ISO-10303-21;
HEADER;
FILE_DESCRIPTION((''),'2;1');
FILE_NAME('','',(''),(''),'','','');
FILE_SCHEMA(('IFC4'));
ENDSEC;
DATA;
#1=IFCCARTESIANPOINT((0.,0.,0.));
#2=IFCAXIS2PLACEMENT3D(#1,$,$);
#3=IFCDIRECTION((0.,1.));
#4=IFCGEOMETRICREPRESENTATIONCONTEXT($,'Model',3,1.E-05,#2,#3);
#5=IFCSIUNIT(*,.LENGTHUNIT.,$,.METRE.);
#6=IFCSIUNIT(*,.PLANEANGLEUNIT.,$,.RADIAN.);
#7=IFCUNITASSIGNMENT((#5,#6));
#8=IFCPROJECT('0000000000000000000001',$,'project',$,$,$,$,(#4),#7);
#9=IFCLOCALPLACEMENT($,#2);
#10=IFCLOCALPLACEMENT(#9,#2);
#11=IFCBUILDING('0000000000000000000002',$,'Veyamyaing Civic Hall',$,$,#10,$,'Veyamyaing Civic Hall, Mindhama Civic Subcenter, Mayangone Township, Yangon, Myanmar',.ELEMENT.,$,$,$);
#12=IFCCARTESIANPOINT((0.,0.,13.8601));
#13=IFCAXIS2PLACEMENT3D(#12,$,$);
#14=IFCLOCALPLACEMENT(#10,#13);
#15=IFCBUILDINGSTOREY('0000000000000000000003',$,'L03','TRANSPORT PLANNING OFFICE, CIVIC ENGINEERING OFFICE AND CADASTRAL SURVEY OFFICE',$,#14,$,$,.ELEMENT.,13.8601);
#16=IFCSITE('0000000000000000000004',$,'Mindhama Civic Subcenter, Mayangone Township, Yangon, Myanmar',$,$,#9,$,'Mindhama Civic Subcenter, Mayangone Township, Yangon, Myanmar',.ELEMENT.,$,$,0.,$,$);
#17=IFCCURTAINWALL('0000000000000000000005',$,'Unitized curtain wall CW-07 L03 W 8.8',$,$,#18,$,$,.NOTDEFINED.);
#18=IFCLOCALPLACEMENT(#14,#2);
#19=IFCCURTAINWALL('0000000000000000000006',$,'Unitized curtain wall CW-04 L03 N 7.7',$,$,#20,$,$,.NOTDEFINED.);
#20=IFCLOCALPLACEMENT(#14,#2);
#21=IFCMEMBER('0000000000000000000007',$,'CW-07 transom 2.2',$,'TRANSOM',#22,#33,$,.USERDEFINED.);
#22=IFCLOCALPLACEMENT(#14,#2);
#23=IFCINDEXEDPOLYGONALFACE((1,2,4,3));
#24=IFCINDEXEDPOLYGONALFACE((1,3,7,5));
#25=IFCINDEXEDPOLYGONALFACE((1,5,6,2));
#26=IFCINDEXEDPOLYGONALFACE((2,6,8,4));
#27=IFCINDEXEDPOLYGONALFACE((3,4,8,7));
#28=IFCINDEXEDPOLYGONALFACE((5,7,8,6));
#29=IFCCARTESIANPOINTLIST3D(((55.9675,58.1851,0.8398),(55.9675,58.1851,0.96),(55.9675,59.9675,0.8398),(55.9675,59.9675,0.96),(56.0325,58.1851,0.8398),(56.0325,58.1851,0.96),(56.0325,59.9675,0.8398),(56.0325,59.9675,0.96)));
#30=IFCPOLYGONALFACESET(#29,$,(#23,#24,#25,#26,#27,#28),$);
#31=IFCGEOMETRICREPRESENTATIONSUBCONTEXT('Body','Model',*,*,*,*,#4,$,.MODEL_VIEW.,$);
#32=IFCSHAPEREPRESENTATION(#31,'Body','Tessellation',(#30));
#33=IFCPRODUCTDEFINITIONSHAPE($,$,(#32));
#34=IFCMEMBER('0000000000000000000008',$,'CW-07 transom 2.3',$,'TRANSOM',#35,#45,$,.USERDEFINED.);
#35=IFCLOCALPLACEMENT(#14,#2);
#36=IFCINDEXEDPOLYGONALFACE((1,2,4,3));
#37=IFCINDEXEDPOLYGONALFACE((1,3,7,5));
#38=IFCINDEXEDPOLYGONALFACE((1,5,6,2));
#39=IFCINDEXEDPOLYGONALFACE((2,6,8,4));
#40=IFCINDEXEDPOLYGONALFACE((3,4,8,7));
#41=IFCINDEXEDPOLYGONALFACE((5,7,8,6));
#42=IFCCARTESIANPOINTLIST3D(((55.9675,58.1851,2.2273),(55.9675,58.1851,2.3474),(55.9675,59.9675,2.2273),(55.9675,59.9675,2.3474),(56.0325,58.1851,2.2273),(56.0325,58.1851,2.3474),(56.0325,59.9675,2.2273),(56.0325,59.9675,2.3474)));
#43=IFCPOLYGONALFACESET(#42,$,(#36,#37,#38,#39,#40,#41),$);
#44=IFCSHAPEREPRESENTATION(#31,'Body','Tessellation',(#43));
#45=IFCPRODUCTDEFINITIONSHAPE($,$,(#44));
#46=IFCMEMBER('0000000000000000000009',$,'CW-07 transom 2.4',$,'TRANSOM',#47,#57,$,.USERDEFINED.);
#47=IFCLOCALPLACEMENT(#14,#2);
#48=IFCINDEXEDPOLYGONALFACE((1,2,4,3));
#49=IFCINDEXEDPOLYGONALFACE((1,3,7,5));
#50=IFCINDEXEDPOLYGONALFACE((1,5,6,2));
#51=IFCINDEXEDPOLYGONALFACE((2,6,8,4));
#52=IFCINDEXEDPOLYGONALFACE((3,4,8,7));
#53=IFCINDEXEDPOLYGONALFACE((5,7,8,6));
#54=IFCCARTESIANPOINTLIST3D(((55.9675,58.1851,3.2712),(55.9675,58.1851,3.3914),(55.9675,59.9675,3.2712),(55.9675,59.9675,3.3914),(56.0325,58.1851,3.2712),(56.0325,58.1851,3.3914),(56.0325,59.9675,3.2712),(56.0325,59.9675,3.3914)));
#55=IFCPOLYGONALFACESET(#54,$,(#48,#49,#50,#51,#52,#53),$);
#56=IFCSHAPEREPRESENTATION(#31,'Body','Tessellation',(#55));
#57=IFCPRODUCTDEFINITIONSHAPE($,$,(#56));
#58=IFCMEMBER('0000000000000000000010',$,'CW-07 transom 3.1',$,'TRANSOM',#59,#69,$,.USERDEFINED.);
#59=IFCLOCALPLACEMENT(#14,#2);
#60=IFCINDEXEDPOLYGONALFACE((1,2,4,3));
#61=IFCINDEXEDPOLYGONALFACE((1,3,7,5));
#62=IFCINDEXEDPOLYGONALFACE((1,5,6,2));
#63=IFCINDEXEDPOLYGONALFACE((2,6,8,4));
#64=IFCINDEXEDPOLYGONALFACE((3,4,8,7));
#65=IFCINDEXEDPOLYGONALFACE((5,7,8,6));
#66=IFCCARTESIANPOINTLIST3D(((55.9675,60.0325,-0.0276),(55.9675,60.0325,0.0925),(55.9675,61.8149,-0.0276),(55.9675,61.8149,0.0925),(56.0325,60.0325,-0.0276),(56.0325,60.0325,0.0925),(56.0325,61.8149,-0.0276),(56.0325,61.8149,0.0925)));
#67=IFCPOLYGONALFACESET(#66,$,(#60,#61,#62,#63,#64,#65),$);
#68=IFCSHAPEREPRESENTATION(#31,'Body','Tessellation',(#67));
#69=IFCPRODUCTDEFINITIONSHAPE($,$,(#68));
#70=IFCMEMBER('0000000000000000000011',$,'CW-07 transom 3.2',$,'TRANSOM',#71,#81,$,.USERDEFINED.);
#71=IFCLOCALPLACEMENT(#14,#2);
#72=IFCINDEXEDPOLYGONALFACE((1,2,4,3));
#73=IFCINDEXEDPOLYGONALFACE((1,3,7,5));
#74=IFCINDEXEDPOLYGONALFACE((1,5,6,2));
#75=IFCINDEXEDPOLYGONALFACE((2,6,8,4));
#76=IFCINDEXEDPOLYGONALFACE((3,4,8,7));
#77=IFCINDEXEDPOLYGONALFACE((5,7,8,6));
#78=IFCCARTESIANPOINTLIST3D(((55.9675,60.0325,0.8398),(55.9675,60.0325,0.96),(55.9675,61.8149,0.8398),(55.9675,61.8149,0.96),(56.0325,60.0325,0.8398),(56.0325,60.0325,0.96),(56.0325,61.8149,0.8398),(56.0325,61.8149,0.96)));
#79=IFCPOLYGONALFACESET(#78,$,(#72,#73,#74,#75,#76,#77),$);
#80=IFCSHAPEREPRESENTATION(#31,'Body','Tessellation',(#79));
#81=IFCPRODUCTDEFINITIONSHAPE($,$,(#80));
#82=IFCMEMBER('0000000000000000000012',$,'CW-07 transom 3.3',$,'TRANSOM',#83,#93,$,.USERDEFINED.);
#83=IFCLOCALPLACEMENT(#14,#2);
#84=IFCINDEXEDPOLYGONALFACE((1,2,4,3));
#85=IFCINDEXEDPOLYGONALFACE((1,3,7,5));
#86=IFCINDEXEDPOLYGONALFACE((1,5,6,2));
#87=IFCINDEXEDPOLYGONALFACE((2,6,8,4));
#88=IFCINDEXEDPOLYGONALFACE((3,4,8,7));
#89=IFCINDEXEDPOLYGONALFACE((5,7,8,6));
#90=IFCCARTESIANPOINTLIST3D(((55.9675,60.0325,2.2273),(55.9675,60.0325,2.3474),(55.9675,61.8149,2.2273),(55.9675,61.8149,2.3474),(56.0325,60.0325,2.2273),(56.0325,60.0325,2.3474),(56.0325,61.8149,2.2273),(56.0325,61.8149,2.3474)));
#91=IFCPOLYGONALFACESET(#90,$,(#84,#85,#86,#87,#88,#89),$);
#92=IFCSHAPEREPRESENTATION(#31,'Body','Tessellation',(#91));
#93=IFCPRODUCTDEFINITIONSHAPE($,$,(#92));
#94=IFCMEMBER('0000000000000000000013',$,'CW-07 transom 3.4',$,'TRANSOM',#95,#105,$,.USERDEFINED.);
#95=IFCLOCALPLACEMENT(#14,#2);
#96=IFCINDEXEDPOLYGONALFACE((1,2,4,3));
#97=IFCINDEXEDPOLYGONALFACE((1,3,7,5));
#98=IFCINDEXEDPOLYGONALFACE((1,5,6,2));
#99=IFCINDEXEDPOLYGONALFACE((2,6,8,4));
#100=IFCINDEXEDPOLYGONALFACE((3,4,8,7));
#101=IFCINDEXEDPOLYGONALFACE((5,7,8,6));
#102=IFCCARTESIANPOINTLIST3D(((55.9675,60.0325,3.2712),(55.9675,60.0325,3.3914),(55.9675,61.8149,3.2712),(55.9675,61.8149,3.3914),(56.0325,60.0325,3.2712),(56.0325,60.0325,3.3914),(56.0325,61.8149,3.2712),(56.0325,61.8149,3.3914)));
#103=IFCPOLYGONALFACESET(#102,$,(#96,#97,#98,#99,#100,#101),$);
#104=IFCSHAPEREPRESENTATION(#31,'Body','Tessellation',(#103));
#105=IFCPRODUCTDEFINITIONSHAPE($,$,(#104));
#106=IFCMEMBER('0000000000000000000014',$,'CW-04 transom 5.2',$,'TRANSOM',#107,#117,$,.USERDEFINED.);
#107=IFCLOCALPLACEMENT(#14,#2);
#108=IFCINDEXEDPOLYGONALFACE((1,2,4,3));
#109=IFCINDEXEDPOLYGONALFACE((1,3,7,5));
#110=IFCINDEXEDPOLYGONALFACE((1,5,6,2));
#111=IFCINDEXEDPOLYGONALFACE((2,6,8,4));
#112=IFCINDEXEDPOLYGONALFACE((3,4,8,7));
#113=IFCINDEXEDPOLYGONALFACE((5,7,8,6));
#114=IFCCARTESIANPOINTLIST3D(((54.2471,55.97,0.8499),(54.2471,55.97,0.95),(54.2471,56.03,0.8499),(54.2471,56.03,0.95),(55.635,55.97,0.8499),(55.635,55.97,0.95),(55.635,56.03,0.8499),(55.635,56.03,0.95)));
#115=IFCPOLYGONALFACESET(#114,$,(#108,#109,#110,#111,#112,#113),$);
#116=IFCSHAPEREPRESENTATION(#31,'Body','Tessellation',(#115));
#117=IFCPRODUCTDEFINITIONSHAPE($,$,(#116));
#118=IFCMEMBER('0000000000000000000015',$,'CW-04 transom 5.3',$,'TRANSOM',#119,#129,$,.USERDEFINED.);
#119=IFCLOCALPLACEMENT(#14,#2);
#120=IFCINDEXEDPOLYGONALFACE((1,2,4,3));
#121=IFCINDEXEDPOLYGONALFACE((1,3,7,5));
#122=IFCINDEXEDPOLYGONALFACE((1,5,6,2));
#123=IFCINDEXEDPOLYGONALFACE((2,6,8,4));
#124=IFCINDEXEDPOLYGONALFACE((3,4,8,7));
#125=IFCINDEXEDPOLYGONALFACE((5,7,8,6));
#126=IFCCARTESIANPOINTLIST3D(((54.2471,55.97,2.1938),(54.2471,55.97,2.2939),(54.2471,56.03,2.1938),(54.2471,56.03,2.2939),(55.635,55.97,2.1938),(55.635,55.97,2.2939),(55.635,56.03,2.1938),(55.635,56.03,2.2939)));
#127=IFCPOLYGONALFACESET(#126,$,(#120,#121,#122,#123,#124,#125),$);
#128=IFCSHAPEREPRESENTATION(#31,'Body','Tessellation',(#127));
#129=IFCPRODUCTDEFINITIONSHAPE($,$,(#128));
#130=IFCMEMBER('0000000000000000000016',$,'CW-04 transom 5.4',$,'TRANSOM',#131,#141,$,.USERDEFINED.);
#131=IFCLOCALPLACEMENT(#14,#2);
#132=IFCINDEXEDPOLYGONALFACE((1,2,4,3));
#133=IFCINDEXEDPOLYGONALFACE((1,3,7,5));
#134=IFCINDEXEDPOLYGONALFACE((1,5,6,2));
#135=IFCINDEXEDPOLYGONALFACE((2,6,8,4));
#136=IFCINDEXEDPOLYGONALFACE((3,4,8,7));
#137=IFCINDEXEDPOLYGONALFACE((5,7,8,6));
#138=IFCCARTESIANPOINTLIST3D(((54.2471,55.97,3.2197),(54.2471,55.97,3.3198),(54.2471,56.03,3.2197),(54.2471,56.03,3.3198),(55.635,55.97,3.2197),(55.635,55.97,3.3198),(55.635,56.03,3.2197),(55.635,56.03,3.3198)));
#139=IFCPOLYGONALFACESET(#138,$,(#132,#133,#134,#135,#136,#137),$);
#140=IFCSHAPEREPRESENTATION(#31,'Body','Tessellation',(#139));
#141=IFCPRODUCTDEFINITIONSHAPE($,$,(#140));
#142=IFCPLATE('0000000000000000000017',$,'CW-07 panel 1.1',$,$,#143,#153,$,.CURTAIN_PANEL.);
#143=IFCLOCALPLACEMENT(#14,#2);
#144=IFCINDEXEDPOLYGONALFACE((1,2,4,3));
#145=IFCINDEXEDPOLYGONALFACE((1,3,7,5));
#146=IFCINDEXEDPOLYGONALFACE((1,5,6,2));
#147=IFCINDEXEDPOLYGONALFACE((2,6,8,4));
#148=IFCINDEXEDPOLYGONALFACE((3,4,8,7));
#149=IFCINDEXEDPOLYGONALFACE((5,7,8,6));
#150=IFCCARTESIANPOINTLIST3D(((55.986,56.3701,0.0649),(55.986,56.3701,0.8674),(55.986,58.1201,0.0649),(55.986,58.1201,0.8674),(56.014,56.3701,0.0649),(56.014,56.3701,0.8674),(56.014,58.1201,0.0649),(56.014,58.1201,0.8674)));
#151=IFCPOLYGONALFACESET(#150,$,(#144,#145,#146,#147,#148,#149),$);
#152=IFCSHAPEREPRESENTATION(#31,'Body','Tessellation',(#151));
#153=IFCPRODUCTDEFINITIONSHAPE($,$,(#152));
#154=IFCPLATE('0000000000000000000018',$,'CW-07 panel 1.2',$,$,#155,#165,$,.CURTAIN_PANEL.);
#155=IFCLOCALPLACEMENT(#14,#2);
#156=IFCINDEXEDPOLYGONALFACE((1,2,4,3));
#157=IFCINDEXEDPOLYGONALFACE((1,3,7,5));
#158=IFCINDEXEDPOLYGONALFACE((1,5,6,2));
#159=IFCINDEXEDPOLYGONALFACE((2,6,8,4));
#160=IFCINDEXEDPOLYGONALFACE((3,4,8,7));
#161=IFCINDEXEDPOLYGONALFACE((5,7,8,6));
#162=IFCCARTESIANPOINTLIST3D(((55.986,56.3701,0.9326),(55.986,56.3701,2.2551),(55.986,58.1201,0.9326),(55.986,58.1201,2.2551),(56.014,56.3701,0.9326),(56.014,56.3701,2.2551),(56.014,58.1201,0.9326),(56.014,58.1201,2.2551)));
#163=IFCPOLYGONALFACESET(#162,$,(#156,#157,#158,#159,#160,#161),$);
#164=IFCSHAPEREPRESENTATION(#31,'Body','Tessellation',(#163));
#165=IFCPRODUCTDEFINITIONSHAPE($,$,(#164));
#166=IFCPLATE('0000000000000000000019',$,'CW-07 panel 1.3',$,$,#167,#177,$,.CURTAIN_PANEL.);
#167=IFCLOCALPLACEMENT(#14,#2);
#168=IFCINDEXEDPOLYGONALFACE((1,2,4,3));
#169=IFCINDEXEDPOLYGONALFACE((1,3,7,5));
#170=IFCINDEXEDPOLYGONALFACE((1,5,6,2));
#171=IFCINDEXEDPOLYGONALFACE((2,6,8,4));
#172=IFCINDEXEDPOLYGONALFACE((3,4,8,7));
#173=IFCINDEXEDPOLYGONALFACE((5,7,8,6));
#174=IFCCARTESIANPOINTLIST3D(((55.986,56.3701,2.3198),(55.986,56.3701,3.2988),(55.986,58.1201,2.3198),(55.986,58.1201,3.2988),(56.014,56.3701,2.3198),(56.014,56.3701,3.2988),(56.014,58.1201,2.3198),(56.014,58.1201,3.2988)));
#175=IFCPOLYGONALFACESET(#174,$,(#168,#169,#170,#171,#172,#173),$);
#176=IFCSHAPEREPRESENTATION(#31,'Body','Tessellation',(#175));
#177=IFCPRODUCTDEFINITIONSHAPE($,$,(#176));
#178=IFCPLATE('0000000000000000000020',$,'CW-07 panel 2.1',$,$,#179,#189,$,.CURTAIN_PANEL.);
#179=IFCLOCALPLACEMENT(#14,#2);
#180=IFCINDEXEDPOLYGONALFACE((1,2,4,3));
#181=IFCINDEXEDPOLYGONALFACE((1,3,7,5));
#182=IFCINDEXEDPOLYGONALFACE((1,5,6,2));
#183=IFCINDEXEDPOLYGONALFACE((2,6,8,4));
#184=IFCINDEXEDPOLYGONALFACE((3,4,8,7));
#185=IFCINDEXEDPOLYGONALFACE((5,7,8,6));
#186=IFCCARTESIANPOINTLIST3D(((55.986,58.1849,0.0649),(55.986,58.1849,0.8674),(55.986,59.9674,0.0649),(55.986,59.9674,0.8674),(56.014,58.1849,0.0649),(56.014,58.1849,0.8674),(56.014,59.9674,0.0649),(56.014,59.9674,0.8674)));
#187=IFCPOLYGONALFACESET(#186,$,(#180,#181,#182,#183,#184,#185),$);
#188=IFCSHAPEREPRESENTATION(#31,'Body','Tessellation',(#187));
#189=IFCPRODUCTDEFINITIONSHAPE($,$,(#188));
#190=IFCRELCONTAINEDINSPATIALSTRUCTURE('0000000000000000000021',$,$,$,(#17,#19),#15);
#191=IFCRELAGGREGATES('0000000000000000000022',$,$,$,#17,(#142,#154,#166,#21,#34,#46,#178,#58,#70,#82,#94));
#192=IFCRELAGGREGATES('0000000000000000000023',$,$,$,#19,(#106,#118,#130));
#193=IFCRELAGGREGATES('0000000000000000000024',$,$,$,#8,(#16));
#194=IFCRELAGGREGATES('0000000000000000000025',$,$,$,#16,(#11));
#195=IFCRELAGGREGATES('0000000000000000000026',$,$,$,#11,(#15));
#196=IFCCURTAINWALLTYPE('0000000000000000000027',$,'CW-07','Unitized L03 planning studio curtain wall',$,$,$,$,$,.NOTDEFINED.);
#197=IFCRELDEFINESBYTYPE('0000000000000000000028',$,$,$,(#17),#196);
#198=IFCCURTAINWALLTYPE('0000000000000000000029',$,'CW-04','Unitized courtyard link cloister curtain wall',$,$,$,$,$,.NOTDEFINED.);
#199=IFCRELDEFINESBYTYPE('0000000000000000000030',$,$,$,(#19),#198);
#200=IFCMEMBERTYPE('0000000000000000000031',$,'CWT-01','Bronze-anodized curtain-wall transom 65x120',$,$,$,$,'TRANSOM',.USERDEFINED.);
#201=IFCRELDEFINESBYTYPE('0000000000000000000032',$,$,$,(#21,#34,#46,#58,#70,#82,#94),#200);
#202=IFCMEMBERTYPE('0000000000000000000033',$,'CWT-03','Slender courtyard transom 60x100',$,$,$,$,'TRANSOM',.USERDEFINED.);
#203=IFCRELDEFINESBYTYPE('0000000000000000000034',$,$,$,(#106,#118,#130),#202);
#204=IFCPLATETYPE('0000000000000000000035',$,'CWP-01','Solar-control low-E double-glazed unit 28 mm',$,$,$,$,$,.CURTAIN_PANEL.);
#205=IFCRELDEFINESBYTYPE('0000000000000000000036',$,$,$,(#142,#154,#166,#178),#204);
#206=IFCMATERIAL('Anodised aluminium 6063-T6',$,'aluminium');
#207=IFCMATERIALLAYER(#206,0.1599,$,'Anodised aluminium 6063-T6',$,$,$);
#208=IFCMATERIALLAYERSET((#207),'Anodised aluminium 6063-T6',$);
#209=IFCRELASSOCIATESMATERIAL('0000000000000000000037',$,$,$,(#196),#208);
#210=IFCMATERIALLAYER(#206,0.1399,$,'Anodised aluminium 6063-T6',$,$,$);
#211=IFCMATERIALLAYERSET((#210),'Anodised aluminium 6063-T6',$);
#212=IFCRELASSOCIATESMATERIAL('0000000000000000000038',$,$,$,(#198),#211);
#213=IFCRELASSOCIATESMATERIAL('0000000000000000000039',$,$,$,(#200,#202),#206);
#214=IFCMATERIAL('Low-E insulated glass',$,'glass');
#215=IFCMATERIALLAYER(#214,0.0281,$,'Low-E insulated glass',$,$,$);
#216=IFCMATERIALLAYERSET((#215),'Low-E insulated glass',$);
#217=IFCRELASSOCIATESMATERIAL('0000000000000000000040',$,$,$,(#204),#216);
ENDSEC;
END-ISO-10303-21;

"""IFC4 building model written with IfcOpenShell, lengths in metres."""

from ifc_helpers import new_model, si_unit, direction, frame, origin, origin_2d, place, context, subcontext, project, spatial, rectangle, extrude, material, layer, layer_set, material_profile, profile_set, type_object, element, aggregate, save


model = new_model("IFC4")

# Units and contexts
model_context = context("Model", 3, precision=1e-05, world=origin(), true_north=direction((0.0, 1.0)))
body_context = subcontext(model_context, "Body", "Model", "MODEL_VIEW")
ifc_project = project(units=[si_unit("LENGTHUNIT", "METRE"), si_unit("PLANEANGLEUNIT", "RADIAN")], contexts=[model_context])

# Site, building, storey
site_placement = place(None, origin())
site = spatial("IfcSite", under=ifc_project, at=site_placement, Name="Mindhama Civic Subcenter, Mayangone Township, Yangon, Myanmar", LongName="Mindhama Civic Subcenter, Mayangone Township, Yangon, Myanmar", CompositionType="ELEMENT", RefElevation=0.0)
building_placement = place(site_placement, origin())
building = spatial("IfcBuilding", under=site, at=building_placement, Name="Veyamyaing Civic Hall", LongName="Veyamyaing Civic Hall, Mindhama Civic Subcenter, Mayangone Township, Yangon, Myanmar", CompositionType="ELEMENT")
storey_placement = place(building_placement, frame((0.0, 0.0, 13.8601)))
storey = spatial("IfcBuildingStorey", under=building, at=storey_placement, Name="L03", Description="TRANSPORT PLANNING OFFICE, CIVIC ENGINEERING OFFICE AND CADASTRAL SURVEY OFFICE", CompositionType="ELEMENT", Elevation=13.8601)

# Curtain wall
ifc_material_1 = material(Name="Anodised aluminium 6063-T6", Category="aluminium")
ifc_layer_1 = layer(ifc_material_1, 0.1599, Name="Anodised aluminium 6063-T6")
ifc_layer_set_1 = layer_set([ifc_layer_1], Name="Anodised aluminium 6063-T6")
curtain_wall_type_1 = type_object("IfcCurtainWallType", Name="CW-07", Description="Unitized L03 planning studio curtain wall", PredefinedType="NOTDEFINED", material=ifc_layer_set_1)
curtain_wall_1_placement = place(storey_placement, origin())
curtain_wall_1 = element("IfcCurtainWall", 1, at=curtain_wall_1_placement, inside=storey, type_object=curtain_wall_type_1, Name="Unitized curtain wall CW-07 L03 W 8.8", PredefinedType="NOTDEFINED")

# Curtain wall
ifc_layer_2 = layer(ifc_material_1, 0.1399, Name="Anodised aluminium 6063-T6")
ifc_layer_set_2 = layer_set([ifc_layer_2], Name="Anodised aluminium 6063-T6")
curtain_wall_type_2 = type_object("IfcCurtainWallType", Name="CW-04", Description="Unitized courtyard link cloister curtain wall", PredefinedType="NOTDEFINED", material=ifc_layer_set_2)
curtain_wall_2_placement = place(storey_placement, origin())
curtain_wall_2 = element("IfcCurtainWall", 2, at=curtain_wall_2_placement, inside=storey, type_object=curtain_wall_type_2, Name="Unitized curtain wall CW-04 L03 N 7.7", PredefinedType="NOTDEFINED")

# Members
ifc_material_profile_1 = material_profile(ifc_material_1, rectangle(XDim=0.0649, YDim=0.1201, at=origin_2d()), Name="ALU-TRN-65X120")
ifc_profile_set_1 = profile_set([ifc_material_profile_1], Name="Anodised aluminium 6063-T6")
member_type_1 = type_object("IfcMemberType", Name="CWT-01", Description="Bronze-anodized curtain-wall transom 65x120", ElementType="TRANSOM", PredefinedType="USERDEFINED", material=ifc_profile_set_1)
member_1_placement = place(storey_placement, frame((56.0, 58.1851, 0.8999), z_axis=(0.0, 1.0, 0.0), x_axis=(-1.0, 0.0, 0.0)))
member_1 = element("IfcMember", 3, at=member_1_placement, type_object=member_type_1, Name="CW-07 transom 2.2", ObjectType="TRANSOM", PredefinedType="USERDEFINED", context=body_context, shape_type="SweptSolid", body=[
    extrude(rectangle(XDim=0.0649, YDim=0.1201, at=origin_2d()), origin(), (0.0, 0.0, 1.0), 1.7825),
])
member_2_placement = place(storey_placement, frame((56.0, 58.1851, 2.2874), z_axis=(0.0, 1.0, 0.0), x_axis=(-1.0, 0.0, 0.0)))
member_2 = element("IfcMember", 4, at=member_2_placement, type_object=member_type_1, Name="CW-07 transom 2.3", ObjectType="TRANSOM", PredefinedType="USERDEFINED", context=body_context, shape_type="SweptSolid", body=[
    extrude(rectangle(XDim=0.0649, YDim=0.1201, at=origin_2d()), origin(), (0.0, 0.0, 1.0), 1.7825),
])
member_3_placement = place(storey_placement, frame((56.0, 58.1851, 3.3313), z_axis=(0.0, 1.0, 0.0), x_axis=(-1.0, 0.0, 0.0)))
member_3 = element("IfcMember", 5, at=member_3_placement, type_object=member_type_1, Name="CW-07 transom 2.4", ObjectType="TRANSOM", PredefinedType="USERDEFINED", context=body_context, shape_type="SweptSolid", body=[
    extrude(rectangle(XDim=0.0649, YDim=0.1201, at=origin_2d()), origin(), (0.0, 0.0, 1.0), 1.7825),
])
member_4_placement = place(storey_placement, frame((56.0, 60.0325, 0.0325), z_axis=(0.0, 1.0, 0.0), x_axis=(-1.0, 0.0, 0.0)))
member_4 = element("IfcMember", 6, at=member_4_placement, type_object=member_type_1, Name="CW-07 transom 3.1", ObjectType="TRANSOM", PredefinedType="USERDEFINED", context=body_context, shape_type="SweptSolid", body=[
    extrude(rectangle(XDim=0.0649, YDim=0.1201, at=origin_2d()), origin(), (0.0, 0.0, 1.0), 1.7825),
])
member_5_placement = place(storey_placement, frame((56.0, 60.0325, 0.8999), z_axis=(0.0, 1.0, 0.0), x_axis=(-1.0, 0.0, 0.0)))
member_5 = element("IfcMember", 7, at=member_5_placement, type_object=member_type_1, Name="CW-07 transom 3.2", ObjectType="TRANSOM", PredefinedType="USERDEFINED", context=body_context, shape_type="SweptSolid", body=[
    extrude(rectangle(XDim=0.0649, YDim=0.1201, at=origin_2d()), origin(), (0.0, 0.0, 1.0), 1.7825),
])
member_6_placement = place(storey_placement, frame((56.0, 60.0325, 2.2874), z_axis=(0.0, 1.0, 0.0), x_axis=(-1.0, 0.0, 0.0)))
member_6 = element("IfcMember", 8, at=member_6_placement, type_object=member_type_1, Name="CW-07 transom 3.3", ObjectType="TRANSOM", PredefinedType="USERDEFINED", context=body_context, shape_type="SweptSolid", body=[
    extrude(rectangle(XDim=0.0649, YDim=0.1201, at=origin_2d()), origin(), (0.0, 0.0, 1.0), 1.7825),
])
member_7_placement = place(storey_placement, frame((56.0, 60.0325, 3.3313), z_axis=(0.0, 1.0, 0.0), x_axis=(-1.0, 0.0, 0.0)))
member_7 = element("IfcMember", 9, at=member_7_placement, type_object=member_type_1, Name="CW-07 transom 3.4", ObjectType="TRANSOM", PredefinedType="USERDEFINED", context=body_context, shape_type="SweptSolid", body=[
    extrude(rectangle(XDim=0.0649, YDim=0.1201, at=origin_2d()), origin(), (0.0, 0.0, 1.0), 1.7825),
])
ifc_material_profile_2 = material_profile(ifc_material_1, rectangle(XDim=0.0601, YDim=0.1001, at=origin_2d()), Name="ALU-TRN-60X100")
ifc_profile_set_2 = profile_set([ifc_material_profile_2], Name="Anodised aluminium 6063-T6")
member_type_2 = type_object("IfcMemberType", Name="CWT-03", Description="Slender courtyard transom 60x100", ElementType="TRANSOM", PredefinedType="USERDEFINED", material=ifc_profile_set_2)
member_8_placement = place(storey_placement, frame((54.2471, 56.0, 0.8999), z_axis=(1.0, 0.0, 0.0), x_axis=(0.0, 1.0, 0.0)))
member_8 = element("IfcMember", 10, at=member_8_placement, type_object=member_type_2, Name="CW-04 transom 5.2", ObjectType="TRANSOM", PredefinedType="USERDEFINED", context=body_context, shape_type="SweptSolid", body=[
    extrude(rectangle(XDim=0.0601, YDim=0.1001, at=origin_2d()), origin(), (0.0, 0.0, 1.0), 1.3879),
])
member_9_placement = place(storey_placement, frame((54.2471, 56.0, 2.2439), z_axis=(1.0, 0.0, 0.0), x_axis=(0.0, 1.0, 0.0)))
member_9 = element("IfcMember", 11, at=member_9_placement, type_object=member_type_2, Name="CW-04 transom 5.3", ObjectType="TRANSOM", PredefinedType="USERDEFINED", context=body_context, shape_type="SweptSolid", body=[
    extrude(rectangle(XDim=0.0601, YDim=0.1001, at=origin_2d()), origin(), (0.0, 0.0, 1.0), 1.3879),
])
member_10_placement = place(storey_placement, frame((54.2471, 56.0, 3.2698), z_axis=(1.0, 0.0, 0.0), x_axis=(0.0, 1.0, 0.0)))
member_10 = element("IfcMember", 12, at=member_10_placement, type_object=member_type_2, Name="CW-04 transom 5.4", ObjectType="TRANSOM", PredefinedType="USERDEFINED", context=body_context, shape_type="SweptSolid", body=[
    extrude(rectangle(XDim=0.0601, YDim=0.1001, at=origin_2d()), origin(), (0.0, 0.0, 1.0), 1.3879),
])

# Plates
ifc_material_2 = material(Name="Low-E insulated glass", Category="glass")
ifc_layer_3 = layer(ifc_material_2, 0.0281, Name="Low-E insulated glass")
ifc_layer_set_3 = layer_set([ifc_layer_3], Name="Low-E insulated glass")
plate_type_1 = type_object("IfcPlateType", Name="CWP-01", Description="Solar-control low-E double-glazed unit 28 mm", PredefinedType="CURTAIN_PANEL", material=ifc_layer_set_3)
plate_1_placement = place(storey_placement, frame((56.0, 57.2451, 0.0649), z_axis=(0.0, 0.0, 1.0), x_axis=(0.0, 1.0, 0.0)))
plate_1 = element("IfcPlate", 13, at=plate_1_placement, type_object=plate_type_1, Name="CW-07 panel 1.1", PredefinedType="CURTAIN_PANEL", context=body_context, shape_type="SweptSolid", body=[
    extrude(rectangle(XDim=1.75, YDim=0.0281, at=origin_2d()), origin(), (0.0, 0.0, 1.0), 0.8025),
])
plate_2_placement = place(storey_placement, frame((56.0, 57.2451, 0.9326), z_axis=(0.0, 0.0, 1.0), x_axis=(0.0, 1.0, 0.0)))
plate_2 = element("IfcPlate", 14, at=plate_2_placement, type_object=plate_type_1, Name="CW-07 panel 1.2", PredefinedType="CURTAIN_PANEL", context=body_context, shape_type="SweptSolid", body=[
    extrude(rectangle(XDim=1.75, YDim=0.0281, at=origin_2d()), origin(), (0.0, 0.0, 1.0), 1.3225),
])
plate_3_placement = place(storey_placement, frame((56.0, 57.2451, 2.3198), z_axis=(0.0, 0.0, 1.0), x_axis=(0.0, 1.0, 0.0)))
plate_3 = element("IfcPlate", 15, at=plate_3_placement, type_object=plate_type_1, Name="CW-07 panel 1.3", PredefinedType="CURTAIN_PANEL", context=body_context, shape_type="SweptSolid", body=[
    extrude(rectangle(XDim=1.75, YDim=0.0281, at=origin_2d()), origin(), (0.0, 0.0, 1.0), 0.979),
])
plate_4_placement = place(storey_placement, frame((56.0, 59.0762, 0.0649), z_axis=(0.0, 0.0, 1.0), x_axis=(0.0, 1.0, 0.0)))
plate_4 = element("IfcPlate", 16, at=plate_4_placement, type_object=plate_type_1, Name="CW-07 panel 2.1", PredefinedType="CURTAIN_PANEL", context=body_context, shape_type="SweptSolid", body=[
    extrude(rectangle(XDim=1.7825, YDim=0.0281, at=origin_2d()), origin(), (0.0, 0.0, 1.0), 0.8025),
])
aggregate(curtain_wall_1, [plate_1, plate_2, plate_3, member_1, member_2, member_3, plate_4, member_4, member_5, member_6, member_7])
aggregate(curtain_wall_2, [member_8, member_9, member_10])

save(model, "model.ifc")
